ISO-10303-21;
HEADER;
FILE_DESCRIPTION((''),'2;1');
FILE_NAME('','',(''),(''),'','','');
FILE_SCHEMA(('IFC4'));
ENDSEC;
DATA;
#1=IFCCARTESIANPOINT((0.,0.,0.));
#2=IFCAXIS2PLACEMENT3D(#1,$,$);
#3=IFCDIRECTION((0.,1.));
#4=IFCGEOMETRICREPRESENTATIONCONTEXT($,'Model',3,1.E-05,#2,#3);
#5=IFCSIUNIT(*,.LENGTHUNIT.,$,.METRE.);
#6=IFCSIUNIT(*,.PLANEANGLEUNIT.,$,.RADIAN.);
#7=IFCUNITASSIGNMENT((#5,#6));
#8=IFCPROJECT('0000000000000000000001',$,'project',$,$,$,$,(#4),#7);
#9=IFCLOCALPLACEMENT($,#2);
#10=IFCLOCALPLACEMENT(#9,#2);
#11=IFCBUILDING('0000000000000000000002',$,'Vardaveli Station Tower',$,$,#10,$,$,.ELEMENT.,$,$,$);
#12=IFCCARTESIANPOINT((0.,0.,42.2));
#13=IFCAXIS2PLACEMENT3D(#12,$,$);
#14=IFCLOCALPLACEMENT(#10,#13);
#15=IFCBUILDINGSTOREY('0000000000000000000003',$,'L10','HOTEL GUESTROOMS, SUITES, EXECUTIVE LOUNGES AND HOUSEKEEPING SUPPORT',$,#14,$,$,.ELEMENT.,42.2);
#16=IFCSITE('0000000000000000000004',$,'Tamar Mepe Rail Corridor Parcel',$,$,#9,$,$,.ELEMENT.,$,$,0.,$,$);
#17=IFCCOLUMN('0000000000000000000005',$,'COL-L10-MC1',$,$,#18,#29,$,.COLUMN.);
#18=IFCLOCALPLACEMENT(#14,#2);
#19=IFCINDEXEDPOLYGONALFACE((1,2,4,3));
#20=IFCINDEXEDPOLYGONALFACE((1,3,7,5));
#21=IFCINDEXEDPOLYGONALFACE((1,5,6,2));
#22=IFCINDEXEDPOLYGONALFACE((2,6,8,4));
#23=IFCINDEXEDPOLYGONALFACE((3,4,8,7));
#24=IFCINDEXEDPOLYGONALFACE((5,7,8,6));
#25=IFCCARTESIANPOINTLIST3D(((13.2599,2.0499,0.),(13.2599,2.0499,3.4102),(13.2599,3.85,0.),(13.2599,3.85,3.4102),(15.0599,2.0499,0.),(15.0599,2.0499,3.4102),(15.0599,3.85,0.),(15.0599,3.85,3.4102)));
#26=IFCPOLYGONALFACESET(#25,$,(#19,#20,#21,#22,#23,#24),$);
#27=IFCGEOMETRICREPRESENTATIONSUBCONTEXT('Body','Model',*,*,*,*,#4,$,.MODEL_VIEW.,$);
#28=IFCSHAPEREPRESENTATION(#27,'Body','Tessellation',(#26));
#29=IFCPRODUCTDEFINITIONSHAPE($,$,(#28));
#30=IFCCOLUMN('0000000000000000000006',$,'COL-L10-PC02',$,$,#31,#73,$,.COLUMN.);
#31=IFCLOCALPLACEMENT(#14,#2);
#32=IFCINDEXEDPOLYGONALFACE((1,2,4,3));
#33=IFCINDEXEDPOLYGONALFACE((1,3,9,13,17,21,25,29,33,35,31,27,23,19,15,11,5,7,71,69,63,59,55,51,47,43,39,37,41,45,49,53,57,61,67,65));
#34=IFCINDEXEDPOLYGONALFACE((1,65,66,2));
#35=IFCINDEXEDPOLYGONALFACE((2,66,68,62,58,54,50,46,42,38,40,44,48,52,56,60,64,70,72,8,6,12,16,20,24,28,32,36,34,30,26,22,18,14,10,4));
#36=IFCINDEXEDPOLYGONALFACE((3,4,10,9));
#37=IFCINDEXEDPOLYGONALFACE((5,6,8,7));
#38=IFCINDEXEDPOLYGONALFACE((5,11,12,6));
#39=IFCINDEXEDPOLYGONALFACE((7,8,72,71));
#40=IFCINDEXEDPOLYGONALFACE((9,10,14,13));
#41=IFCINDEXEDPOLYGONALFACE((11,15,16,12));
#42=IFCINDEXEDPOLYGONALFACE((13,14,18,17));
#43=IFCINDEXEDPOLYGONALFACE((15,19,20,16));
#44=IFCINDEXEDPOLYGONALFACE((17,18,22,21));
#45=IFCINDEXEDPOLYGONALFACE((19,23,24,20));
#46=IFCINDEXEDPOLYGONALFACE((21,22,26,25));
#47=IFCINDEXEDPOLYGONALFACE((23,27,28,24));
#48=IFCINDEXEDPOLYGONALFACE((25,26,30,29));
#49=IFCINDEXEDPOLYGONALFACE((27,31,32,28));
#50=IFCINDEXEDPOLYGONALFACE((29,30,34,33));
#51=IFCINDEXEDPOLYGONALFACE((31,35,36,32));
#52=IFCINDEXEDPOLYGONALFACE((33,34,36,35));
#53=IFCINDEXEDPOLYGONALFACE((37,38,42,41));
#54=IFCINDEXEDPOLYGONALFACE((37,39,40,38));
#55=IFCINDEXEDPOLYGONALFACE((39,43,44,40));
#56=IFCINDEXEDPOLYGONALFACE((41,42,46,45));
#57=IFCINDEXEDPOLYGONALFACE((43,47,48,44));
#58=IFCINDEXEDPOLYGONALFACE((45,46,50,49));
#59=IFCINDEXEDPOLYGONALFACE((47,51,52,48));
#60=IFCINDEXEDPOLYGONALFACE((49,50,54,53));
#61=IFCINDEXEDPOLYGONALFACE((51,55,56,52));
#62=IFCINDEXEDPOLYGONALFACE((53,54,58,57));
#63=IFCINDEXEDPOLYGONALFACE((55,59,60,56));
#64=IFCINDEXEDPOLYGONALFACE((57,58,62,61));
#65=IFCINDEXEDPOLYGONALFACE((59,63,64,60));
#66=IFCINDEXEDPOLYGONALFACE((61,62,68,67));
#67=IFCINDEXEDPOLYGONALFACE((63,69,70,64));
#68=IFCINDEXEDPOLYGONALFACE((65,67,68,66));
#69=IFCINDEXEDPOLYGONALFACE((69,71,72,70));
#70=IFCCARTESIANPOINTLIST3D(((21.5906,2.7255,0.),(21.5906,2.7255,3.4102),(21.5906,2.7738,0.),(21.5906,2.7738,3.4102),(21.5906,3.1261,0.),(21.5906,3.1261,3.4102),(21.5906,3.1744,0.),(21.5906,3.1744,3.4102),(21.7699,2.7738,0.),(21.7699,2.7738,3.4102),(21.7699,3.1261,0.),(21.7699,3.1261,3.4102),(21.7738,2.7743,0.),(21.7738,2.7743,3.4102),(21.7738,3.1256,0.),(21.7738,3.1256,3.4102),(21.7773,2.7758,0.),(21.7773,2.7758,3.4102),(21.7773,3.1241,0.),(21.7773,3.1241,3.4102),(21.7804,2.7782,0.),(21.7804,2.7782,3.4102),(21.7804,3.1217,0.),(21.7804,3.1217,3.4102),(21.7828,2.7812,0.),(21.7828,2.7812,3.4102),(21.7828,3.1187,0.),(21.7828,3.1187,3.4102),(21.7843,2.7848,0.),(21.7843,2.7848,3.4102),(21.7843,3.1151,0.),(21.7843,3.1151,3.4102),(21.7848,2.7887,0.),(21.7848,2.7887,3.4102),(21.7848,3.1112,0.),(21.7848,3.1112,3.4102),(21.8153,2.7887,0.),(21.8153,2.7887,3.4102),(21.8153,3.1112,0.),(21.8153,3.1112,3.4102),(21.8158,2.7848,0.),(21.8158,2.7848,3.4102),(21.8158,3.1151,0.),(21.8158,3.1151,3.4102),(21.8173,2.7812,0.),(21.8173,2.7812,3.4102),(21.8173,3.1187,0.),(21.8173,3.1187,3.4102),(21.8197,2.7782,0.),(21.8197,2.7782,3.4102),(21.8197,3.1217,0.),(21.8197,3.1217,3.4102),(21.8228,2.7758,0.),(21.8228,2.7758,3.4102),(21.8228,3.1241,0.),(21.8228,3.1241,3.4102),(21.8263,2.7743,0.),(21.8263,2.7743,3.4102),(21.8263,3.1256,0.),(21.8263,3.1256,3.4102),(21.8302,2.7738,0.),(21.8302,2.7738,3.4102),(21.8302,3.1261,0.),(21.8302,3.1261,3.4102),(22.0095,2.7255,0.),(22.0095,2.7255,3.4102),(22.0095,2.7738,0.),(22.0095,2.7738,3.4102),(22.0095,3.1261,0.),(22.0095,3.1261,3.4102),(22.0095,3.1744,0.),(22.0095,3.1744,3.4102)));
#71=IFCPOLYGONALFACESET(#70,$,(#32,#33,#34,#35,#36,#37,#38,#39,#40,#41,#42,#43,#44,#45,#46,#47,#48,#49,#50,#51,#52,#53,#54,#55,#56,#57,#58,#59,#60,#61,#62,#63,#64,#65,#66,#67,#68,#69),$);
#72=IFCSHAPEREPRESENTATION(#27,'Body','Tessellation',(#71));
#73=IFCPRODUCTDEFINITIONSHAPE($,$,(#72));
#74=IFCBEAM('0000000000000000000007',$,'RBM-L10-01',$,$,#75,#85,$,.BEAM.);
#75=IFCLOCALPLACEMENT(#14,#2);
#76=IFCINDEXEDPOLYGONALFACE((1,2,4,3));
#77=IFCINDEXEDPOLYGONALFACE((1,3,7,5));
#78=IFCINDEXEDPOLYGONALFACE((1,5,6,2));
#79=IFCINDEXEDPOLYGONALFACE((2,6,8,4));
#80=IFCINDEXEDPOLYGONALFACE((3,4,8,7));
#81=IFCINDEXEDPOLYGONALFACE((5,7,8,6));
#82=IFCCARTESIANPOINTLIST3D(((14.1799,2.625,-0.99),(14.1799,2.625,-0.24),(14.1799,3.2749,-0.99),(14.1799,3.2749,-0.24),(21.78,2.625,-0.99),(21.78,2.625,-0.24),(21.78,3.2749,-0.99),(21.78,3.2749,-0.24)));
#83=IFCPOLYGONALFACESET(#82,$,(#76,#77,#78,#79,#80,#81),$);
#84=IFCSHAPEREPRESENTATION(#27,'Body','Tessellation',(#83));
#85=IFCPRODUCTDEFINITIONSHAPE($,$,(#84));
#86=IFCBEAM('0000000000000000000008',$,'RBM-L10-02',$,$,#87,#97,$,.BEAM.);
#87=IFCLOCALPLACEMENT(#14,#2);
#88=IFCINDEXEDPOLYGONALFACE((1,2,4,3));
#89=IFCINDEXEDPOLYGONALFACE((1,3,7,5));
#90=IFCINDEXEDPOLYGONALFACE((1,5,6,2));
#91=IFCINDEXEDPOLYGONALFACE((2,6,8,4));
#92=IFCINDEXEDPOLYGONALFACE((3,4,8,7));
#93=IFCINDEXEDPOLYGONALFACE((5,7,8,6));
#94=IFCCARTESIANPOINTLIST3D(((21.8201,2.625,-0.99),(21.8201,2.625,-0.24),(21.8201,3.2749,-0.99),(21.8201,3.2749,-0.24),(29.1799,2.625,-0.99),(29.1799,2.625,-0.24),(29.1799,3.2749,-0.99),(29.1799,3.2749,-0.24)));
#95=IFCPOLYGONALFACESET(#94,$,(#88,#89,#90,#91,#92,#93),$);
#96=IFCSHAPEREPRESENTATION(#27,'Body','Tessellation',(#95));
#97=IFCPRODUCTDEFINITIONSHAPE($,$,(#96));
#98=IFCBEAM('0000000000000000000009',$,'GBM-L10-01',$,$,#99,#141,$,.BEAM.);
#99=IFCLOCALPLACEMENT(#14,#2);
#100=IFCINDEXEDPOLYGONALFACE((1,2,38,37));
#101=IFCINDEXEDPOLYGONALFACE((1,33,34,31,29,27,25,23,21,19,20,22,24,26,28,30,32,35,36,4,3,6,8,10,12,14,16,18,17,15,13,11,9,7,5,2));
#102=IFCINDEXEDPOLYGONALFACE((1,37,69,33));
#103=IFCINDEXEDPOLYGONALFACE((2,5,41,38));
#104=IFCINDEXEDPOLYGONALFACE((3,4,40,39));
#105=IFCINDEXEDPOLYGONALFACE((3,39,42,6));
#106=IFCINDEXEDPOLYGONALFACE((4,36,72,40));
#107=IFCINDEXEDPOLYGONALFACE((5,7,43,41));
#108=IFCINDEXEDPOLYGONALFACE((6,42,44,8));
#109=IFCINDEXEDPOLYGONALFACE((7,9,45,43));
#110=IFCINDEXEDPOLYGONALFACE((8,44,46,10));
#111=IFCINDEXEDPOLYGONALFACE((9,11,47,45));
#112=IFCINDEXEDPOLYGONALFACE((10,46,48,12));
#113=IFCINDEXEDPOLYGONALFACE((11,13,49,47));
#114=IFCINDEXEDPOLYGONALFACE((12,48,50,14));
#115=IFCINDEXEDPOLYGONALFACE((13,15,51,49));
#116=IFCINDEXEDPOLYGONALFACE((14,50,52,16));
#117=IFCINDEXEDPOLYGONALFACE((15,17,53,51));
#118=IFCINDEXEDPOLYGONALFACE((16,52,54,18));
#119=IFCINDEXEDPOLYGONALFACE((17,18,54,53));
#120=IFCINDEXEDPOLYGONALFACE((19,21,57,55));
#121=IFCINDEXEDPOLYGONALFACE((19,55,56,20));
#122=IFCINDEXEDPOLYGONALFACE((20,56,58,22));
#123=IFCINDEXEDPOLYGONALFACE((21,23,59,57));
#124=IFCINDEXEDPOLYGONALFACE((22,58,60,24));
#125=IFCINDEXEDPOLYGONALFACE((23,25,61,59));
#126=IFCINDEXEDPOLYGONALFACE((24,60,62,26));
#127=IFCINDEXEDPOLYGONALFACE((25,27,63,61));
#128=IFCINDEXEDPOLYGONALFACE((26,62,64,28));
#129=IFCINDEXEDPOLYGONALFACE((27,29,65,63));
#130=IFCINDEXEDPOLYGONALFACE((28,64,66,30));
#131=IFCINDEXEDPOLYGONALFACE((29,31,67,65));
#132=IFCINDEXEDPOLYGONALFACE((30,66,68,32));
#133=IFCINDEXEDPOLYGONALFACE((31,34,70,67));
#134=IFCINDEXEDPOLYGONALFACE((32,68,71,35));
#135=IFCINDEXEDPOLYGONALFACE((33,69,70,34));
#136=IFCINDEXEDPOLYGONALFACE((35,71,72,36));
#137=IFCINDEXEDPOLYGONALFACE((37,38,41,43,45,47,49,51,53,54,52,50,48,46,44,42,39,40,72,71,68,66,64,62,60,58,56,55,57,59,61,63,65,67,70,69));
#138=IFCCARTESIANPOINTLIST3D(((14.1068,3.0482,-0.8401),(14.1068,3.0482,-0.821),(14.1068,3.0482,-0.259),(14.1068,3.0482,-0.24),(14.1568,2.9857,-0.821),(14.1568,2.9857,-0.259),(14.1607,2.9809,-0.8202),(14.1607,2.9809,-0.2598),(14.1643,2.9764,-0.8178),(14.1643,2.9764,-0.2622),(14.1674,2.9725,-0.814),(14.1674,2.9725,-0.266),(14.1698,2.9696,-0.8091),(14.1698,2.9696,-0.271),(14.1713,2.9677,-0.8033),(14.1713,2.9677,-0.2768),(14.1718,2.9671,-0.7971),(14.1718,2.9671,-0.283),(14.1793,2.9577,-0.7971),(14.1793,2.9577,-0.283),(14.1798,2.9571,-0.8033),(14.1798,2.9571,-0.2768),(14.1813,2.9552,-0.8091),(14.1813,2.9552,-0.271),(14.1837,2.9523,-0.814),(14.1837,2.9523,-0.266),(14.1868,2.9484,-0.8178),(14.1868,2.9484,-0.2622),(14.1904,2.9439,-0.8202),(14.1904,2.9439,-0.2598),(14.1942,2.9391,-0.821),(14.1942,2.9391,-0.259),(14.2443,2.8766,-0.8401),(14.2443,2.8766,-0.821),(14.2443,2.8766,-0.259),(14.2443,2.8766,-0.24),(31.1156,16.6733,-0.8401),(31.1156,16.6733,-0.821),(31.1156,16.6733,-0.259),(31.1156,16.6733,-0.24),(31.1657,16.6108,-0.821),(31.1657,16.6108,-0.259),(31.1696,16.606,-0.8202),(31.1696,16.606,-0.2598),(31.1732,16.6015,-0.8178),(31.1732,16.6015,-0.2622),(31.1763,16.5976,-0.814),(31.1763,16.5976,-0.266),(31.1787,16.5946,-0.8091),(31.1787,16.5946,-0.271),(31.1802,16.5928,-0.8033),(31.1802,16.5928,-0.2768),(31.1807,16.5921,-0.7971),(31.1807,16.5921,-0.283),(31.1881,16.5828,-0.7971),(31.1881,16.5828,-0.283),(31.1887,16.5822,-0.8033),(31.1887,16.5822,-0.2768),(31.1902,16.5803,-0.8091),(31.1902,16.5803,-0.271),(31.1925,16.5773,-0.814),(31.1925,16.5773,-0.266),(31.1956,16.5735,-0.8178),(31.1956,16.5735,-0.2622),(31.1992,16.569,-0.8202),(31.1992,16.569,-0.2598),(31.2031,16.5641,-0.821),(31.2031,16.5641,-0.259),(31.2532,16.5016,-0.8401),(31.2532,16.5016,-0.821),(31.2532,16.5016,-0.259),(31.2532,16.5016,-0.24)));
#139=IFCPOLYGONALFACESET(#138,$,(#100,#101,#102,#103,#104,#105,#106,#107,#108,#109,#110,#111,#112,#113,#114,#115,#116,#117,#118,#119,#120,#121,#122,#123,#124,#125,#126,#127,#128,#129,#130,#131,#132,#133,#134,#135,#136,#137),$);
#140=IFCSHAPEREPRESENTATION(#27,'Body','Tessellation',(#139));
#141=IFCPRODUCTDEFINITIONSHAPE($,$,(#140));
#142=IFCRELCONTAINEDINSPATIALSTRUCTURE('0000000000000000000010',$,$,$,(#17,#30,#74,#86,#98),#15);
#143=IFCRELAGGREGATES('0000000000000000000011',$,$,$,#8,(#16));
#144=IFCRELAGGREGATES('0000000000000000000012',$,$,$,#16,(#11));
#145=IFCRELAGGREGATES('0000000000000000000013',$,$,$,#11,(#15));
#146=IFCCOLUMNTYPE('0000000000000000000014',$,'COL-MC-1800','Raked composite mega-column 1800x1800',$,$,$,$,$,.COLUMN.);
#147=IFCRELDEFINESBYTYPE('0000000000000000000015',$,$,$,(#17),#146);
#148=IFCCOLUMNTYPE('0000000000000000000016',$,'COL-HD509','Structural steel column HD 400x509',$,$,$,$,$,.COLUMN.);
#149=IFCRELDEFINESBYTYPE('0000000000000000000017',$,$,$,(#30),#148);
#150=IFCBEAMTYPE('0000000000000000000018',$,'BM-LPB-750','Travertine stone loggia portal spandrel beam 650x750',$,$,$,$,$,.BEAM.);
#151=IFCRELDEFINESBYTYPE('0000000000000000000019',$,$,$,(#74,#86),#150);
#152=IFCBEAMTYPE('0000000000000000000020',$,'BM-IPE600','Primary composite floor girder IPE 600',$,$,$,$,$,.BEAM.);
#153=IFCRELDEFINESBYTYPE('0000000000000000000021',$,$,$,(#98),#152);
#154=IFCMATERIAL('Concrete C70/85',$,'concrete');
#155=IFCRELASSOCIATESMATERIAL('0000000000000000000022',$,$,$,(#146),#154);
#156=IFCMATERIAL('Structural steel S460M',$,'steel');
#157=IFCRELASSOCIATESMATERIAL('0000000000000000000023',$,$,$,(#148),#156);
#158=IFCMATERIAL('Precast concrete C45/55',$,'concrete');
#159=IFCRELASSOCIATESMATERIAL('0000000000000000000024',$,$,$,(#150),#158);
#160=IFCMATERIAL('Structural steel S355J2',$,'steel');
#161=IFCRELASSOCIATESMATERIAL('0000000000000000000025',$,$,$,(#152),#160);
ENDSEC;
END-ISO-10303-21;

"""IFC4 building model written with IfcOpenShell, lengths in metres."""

from ifc_helpers import new_model, si_unit, direction, frame, origin, origin_2d, place, context, subcontext, project, spatial, rectangle, i_section, extrude, source, transform, mapped, material, material_profile, profile_set, type_object, element, save


model = new_model("IFC4")

# Units and contexts
model_context = context("Model", 3, precision=1e-05, world=origin(), true_north=direction((0.0, 1.0)))
body_context = subcontext(model_context, "Body", "Model", "MODEL_VIEW")
ifc_project = project(units=[si_unit("LENGTHUNIT", "METRE"), si_unit("PLANEANGLEUNIT", "RADIAN")], contexts=[model_context])

# Site, building, storey
site_placement = place(None, origin())
site = spatial("IfcSite", under=ifc_project, at=site_placement, Name="Tamar Mepe Rail Corridor Parcel", CompositionType="ELEMENT", RefElevation=0.0)
building_placement = place(site_placement, origin())
building = spatial("IfcBuilding", under=site, at=building_placement, Name="Vardaveli Station Tower", CompositionType="ELEMENT")
storey_placement = place(building_placement, frame((0.0, 0.0, 42.2)))
storey = spatial("IfcBuildingStorey", under=building, at=storey_placement, Name="L10", Description="HOTEL GUESTROOMS, SUITES, EXECUTIVE LOUNGES AND HOUSEKEEPING SUPPORT", CompositionType="ELEMENT", Elevation=42.2)

# Columns
ifc_material_1 = material(Name="Concrete C70/85", Category="concrete")
ifc_material_profile_1 = material_profile(ifc_material_1, rectangle(XDim=1.8, YDim=1.8, at=origin_2d()), Name="MC 1800x1800")
ifc_profile_set_1 = profile_set([ifc_material_profile_1], Name="Concrete C70/85")
column_type_1 = type_object("IfcColumnType", Name="COL-MC-1800", Description="Raked composite mega-column 1800x1800", PredefinedType="COLUMN", material=ifc_profile_set_1)
shared_shape_1 = source(origin(), body_context, "Body", "SweptSolid", [
    extrude(rectangle(XDim=1.8, YDim=1.8, at=origin_2d()), origin(), (0.0, 0.0, 1.0), 3.4102),
])
column_1_placement = place(storey_placement, frame((14.1599, 2.95, 0.0), z_axis=(0.0, 0.0, 1.0), x_axis=(1.0, 0.0, 0.0)))
element("IfcColumn", 1, at=column_1_placement, inside=storey, type_object=column_type_1, Name="COL-L10-MC1", PredefinedType="COLUMN", context=body_context, shape_type="MappedRepresentation", body=[
    mapped(shared_shape_1, transform((0.0, 0.0, 0.0), scale=1.0)),
])
ifc_material_2 = material(Name="Structural steel S460M", Category="steel")
ifc_material_profile_2 = material_profile(ifc_material_2, i_section(OverallWidth=0.4189, OverallDepth=0.449, WebThickness=0.0305, FlangeThickness=0.0483, FilletRadius=0.0149, at=origin_2d()), Name="HD 400x509")
ifc_profile_set_2 = profile_set([ifc_material_profile_2], Name="Structural steel S460M")
column_type_2 = type_object("IfcColumnType", Name="COL-HD509", Description="Structural steel column HD 400x509", PredefinedType="COLUMN", material=ifc_profile_set_2)
shared_shape_2 = source(origin(), body_context, "Body", "SweptSolid", [
    extrude(i_section(OverallWidth=0.4189, OverallDepth=0.449, WebThickness=0.0305, FlangeThickness=0.0483, FilletRadius=0.0149, at=origin_2d()), origin(), (0.0, 0.0, 1.0), 3.4102),
])
column_2_placement = place(storey_placement, frame((21.8, 2.95, 0.0), z_axis=(0.0, 0.0, 1.0), x_axis=(1.0, 0.0, 0.0)))
element("IfcColumn", 2, at=column_2_placement, inside=storey, type_object=column_type_2, Name="COL-L10-PC02", PredefinedType="COLUMN", context=body_context, shape_type="MappedRepresentation", body=[
    mapped(shared_shape_2, transform((0.0, 0.0, 0.0), scale=1.0)),
])

# Beams
ifc_material_3 = material(Name="Precast concrete C45/55", Category="concrete")
ifc_material_profile_3 = material_profile(ifc_material_3, rectangle(XDim=0.6499, YDim=0.75, at=origin_2d()), Name="LPB 650x750")
ifc_profile_set_3 = profile_set([ifc_material_profile_3], Name="Precast concrete C45/55")
beam_type_1 = type_object("IfcBeamType", Name="BM-LPB-750", Description="Travertine stone loggia portal spandrel beam 650x750", PredefinedType="BEAM", material=ifc_profile_set_3)
shared_shape_3 = source(origin(), body_context, "Body", "SweptSolid", [
    extrude(rectangle(XDim=0.6499, YDim=0.75, at=origin_2d()), origin(), (0.0, 0.0, 1.0), 7.6001),
])
beam_1_placement = place(storey_placement, frame((14.1799, 2.95, -0.615), z_axis=(1.0, 0.0, 0.0), x_axis=(0.0, 1.0, 0.0)))
element("IfcBeam", 3, at=beam_1_placement, inside=storey, type_object=beam_type_1, Name="RBM-L10-01", PredefinedType="BEAM", context=body_context, shape_type="MappedRepresentation", body=[
    mapped(shared_shape_3, transform((0.0, 0.0, 0.0), scale=1.0)),
])
shared_shape_4 = source(origin(), body_context, "Body", "SweptSolid", [
    extrude(rectangle(XDim=0.6499, YDim=0.75, at=origin_2d()), origin(), (0.0, 0.0, 1.0), 7.3599),
])
beam_2_placement = place(storey_placement, frame((21.8201, 2.95, -0.615), z_axis=(1.0, 0.0, 0.0), x_axis=(0.0, 1.0, 0.0)))
element("IfcBeam", 4, at=beam_2_placement, inside=storey, type_object=beam_type_1, Name="RBM-L10-02", PredefinedType="BEAM", context=body_context, shape_type="MappedRepresentation", body=[
    mapped(shared_shape_4, transform((0.0, 0.0, 0.0), scale=1.0)),
])
ifc_material_4 = material(Name="Structural steel S355J2", Category="steel")
ifc_material_profile_4 = material_profile(ifc_material_4, i_section(OverallWidth=0.22, OverallDepth=0.6001, WebThickness=0.012, FlangeThickness=0.019, FilletRadius=0.0239, at=origin_2d()), Name="IPE 600")
ifc_profile_set_4 = profile_set([ifc_material_profile_4], Name="Structural steel S355J2")
beam_type_2 = type_object("IfcBeamType", Name="BM-IPE600", Description="Primary composite floor girder IPE 600", PredefinedType="BEAM", material=ifc_profile_set_4)
shared_shape_5 = source(origin(), body_context, "Body", "SweptSolid", [
    extrude(i_section(OverallWidth=0.22, OverallDepth=0.6001, WebThickness=0.012, FlangeThickness=0.019, FilletRadius=0.0239, at=origin_2d()), origin(), (0.0, 0.0, 1.0), 21.7932),
])
beam_3_placement = place(storey_placement, frame((14.1755, 2.9624, -0.54), z_axis=(0.780466, 0.625198, 0.0), x_axis=(-0.625198, 0.780466, 0.0)))
element("IfcBeam", 5, at=beam_3_placement, inside=storey, type_object=beam_type_2, Name="GBM-L10-01", PredefinedType="BEAM", context=body_context, shape_type="MappedRepresentation", body=[
    mapped(shared_shape_5, transform((0.0, 0.0, 0.0), scale=1.0)),
])

save(model, "model.ifc")
